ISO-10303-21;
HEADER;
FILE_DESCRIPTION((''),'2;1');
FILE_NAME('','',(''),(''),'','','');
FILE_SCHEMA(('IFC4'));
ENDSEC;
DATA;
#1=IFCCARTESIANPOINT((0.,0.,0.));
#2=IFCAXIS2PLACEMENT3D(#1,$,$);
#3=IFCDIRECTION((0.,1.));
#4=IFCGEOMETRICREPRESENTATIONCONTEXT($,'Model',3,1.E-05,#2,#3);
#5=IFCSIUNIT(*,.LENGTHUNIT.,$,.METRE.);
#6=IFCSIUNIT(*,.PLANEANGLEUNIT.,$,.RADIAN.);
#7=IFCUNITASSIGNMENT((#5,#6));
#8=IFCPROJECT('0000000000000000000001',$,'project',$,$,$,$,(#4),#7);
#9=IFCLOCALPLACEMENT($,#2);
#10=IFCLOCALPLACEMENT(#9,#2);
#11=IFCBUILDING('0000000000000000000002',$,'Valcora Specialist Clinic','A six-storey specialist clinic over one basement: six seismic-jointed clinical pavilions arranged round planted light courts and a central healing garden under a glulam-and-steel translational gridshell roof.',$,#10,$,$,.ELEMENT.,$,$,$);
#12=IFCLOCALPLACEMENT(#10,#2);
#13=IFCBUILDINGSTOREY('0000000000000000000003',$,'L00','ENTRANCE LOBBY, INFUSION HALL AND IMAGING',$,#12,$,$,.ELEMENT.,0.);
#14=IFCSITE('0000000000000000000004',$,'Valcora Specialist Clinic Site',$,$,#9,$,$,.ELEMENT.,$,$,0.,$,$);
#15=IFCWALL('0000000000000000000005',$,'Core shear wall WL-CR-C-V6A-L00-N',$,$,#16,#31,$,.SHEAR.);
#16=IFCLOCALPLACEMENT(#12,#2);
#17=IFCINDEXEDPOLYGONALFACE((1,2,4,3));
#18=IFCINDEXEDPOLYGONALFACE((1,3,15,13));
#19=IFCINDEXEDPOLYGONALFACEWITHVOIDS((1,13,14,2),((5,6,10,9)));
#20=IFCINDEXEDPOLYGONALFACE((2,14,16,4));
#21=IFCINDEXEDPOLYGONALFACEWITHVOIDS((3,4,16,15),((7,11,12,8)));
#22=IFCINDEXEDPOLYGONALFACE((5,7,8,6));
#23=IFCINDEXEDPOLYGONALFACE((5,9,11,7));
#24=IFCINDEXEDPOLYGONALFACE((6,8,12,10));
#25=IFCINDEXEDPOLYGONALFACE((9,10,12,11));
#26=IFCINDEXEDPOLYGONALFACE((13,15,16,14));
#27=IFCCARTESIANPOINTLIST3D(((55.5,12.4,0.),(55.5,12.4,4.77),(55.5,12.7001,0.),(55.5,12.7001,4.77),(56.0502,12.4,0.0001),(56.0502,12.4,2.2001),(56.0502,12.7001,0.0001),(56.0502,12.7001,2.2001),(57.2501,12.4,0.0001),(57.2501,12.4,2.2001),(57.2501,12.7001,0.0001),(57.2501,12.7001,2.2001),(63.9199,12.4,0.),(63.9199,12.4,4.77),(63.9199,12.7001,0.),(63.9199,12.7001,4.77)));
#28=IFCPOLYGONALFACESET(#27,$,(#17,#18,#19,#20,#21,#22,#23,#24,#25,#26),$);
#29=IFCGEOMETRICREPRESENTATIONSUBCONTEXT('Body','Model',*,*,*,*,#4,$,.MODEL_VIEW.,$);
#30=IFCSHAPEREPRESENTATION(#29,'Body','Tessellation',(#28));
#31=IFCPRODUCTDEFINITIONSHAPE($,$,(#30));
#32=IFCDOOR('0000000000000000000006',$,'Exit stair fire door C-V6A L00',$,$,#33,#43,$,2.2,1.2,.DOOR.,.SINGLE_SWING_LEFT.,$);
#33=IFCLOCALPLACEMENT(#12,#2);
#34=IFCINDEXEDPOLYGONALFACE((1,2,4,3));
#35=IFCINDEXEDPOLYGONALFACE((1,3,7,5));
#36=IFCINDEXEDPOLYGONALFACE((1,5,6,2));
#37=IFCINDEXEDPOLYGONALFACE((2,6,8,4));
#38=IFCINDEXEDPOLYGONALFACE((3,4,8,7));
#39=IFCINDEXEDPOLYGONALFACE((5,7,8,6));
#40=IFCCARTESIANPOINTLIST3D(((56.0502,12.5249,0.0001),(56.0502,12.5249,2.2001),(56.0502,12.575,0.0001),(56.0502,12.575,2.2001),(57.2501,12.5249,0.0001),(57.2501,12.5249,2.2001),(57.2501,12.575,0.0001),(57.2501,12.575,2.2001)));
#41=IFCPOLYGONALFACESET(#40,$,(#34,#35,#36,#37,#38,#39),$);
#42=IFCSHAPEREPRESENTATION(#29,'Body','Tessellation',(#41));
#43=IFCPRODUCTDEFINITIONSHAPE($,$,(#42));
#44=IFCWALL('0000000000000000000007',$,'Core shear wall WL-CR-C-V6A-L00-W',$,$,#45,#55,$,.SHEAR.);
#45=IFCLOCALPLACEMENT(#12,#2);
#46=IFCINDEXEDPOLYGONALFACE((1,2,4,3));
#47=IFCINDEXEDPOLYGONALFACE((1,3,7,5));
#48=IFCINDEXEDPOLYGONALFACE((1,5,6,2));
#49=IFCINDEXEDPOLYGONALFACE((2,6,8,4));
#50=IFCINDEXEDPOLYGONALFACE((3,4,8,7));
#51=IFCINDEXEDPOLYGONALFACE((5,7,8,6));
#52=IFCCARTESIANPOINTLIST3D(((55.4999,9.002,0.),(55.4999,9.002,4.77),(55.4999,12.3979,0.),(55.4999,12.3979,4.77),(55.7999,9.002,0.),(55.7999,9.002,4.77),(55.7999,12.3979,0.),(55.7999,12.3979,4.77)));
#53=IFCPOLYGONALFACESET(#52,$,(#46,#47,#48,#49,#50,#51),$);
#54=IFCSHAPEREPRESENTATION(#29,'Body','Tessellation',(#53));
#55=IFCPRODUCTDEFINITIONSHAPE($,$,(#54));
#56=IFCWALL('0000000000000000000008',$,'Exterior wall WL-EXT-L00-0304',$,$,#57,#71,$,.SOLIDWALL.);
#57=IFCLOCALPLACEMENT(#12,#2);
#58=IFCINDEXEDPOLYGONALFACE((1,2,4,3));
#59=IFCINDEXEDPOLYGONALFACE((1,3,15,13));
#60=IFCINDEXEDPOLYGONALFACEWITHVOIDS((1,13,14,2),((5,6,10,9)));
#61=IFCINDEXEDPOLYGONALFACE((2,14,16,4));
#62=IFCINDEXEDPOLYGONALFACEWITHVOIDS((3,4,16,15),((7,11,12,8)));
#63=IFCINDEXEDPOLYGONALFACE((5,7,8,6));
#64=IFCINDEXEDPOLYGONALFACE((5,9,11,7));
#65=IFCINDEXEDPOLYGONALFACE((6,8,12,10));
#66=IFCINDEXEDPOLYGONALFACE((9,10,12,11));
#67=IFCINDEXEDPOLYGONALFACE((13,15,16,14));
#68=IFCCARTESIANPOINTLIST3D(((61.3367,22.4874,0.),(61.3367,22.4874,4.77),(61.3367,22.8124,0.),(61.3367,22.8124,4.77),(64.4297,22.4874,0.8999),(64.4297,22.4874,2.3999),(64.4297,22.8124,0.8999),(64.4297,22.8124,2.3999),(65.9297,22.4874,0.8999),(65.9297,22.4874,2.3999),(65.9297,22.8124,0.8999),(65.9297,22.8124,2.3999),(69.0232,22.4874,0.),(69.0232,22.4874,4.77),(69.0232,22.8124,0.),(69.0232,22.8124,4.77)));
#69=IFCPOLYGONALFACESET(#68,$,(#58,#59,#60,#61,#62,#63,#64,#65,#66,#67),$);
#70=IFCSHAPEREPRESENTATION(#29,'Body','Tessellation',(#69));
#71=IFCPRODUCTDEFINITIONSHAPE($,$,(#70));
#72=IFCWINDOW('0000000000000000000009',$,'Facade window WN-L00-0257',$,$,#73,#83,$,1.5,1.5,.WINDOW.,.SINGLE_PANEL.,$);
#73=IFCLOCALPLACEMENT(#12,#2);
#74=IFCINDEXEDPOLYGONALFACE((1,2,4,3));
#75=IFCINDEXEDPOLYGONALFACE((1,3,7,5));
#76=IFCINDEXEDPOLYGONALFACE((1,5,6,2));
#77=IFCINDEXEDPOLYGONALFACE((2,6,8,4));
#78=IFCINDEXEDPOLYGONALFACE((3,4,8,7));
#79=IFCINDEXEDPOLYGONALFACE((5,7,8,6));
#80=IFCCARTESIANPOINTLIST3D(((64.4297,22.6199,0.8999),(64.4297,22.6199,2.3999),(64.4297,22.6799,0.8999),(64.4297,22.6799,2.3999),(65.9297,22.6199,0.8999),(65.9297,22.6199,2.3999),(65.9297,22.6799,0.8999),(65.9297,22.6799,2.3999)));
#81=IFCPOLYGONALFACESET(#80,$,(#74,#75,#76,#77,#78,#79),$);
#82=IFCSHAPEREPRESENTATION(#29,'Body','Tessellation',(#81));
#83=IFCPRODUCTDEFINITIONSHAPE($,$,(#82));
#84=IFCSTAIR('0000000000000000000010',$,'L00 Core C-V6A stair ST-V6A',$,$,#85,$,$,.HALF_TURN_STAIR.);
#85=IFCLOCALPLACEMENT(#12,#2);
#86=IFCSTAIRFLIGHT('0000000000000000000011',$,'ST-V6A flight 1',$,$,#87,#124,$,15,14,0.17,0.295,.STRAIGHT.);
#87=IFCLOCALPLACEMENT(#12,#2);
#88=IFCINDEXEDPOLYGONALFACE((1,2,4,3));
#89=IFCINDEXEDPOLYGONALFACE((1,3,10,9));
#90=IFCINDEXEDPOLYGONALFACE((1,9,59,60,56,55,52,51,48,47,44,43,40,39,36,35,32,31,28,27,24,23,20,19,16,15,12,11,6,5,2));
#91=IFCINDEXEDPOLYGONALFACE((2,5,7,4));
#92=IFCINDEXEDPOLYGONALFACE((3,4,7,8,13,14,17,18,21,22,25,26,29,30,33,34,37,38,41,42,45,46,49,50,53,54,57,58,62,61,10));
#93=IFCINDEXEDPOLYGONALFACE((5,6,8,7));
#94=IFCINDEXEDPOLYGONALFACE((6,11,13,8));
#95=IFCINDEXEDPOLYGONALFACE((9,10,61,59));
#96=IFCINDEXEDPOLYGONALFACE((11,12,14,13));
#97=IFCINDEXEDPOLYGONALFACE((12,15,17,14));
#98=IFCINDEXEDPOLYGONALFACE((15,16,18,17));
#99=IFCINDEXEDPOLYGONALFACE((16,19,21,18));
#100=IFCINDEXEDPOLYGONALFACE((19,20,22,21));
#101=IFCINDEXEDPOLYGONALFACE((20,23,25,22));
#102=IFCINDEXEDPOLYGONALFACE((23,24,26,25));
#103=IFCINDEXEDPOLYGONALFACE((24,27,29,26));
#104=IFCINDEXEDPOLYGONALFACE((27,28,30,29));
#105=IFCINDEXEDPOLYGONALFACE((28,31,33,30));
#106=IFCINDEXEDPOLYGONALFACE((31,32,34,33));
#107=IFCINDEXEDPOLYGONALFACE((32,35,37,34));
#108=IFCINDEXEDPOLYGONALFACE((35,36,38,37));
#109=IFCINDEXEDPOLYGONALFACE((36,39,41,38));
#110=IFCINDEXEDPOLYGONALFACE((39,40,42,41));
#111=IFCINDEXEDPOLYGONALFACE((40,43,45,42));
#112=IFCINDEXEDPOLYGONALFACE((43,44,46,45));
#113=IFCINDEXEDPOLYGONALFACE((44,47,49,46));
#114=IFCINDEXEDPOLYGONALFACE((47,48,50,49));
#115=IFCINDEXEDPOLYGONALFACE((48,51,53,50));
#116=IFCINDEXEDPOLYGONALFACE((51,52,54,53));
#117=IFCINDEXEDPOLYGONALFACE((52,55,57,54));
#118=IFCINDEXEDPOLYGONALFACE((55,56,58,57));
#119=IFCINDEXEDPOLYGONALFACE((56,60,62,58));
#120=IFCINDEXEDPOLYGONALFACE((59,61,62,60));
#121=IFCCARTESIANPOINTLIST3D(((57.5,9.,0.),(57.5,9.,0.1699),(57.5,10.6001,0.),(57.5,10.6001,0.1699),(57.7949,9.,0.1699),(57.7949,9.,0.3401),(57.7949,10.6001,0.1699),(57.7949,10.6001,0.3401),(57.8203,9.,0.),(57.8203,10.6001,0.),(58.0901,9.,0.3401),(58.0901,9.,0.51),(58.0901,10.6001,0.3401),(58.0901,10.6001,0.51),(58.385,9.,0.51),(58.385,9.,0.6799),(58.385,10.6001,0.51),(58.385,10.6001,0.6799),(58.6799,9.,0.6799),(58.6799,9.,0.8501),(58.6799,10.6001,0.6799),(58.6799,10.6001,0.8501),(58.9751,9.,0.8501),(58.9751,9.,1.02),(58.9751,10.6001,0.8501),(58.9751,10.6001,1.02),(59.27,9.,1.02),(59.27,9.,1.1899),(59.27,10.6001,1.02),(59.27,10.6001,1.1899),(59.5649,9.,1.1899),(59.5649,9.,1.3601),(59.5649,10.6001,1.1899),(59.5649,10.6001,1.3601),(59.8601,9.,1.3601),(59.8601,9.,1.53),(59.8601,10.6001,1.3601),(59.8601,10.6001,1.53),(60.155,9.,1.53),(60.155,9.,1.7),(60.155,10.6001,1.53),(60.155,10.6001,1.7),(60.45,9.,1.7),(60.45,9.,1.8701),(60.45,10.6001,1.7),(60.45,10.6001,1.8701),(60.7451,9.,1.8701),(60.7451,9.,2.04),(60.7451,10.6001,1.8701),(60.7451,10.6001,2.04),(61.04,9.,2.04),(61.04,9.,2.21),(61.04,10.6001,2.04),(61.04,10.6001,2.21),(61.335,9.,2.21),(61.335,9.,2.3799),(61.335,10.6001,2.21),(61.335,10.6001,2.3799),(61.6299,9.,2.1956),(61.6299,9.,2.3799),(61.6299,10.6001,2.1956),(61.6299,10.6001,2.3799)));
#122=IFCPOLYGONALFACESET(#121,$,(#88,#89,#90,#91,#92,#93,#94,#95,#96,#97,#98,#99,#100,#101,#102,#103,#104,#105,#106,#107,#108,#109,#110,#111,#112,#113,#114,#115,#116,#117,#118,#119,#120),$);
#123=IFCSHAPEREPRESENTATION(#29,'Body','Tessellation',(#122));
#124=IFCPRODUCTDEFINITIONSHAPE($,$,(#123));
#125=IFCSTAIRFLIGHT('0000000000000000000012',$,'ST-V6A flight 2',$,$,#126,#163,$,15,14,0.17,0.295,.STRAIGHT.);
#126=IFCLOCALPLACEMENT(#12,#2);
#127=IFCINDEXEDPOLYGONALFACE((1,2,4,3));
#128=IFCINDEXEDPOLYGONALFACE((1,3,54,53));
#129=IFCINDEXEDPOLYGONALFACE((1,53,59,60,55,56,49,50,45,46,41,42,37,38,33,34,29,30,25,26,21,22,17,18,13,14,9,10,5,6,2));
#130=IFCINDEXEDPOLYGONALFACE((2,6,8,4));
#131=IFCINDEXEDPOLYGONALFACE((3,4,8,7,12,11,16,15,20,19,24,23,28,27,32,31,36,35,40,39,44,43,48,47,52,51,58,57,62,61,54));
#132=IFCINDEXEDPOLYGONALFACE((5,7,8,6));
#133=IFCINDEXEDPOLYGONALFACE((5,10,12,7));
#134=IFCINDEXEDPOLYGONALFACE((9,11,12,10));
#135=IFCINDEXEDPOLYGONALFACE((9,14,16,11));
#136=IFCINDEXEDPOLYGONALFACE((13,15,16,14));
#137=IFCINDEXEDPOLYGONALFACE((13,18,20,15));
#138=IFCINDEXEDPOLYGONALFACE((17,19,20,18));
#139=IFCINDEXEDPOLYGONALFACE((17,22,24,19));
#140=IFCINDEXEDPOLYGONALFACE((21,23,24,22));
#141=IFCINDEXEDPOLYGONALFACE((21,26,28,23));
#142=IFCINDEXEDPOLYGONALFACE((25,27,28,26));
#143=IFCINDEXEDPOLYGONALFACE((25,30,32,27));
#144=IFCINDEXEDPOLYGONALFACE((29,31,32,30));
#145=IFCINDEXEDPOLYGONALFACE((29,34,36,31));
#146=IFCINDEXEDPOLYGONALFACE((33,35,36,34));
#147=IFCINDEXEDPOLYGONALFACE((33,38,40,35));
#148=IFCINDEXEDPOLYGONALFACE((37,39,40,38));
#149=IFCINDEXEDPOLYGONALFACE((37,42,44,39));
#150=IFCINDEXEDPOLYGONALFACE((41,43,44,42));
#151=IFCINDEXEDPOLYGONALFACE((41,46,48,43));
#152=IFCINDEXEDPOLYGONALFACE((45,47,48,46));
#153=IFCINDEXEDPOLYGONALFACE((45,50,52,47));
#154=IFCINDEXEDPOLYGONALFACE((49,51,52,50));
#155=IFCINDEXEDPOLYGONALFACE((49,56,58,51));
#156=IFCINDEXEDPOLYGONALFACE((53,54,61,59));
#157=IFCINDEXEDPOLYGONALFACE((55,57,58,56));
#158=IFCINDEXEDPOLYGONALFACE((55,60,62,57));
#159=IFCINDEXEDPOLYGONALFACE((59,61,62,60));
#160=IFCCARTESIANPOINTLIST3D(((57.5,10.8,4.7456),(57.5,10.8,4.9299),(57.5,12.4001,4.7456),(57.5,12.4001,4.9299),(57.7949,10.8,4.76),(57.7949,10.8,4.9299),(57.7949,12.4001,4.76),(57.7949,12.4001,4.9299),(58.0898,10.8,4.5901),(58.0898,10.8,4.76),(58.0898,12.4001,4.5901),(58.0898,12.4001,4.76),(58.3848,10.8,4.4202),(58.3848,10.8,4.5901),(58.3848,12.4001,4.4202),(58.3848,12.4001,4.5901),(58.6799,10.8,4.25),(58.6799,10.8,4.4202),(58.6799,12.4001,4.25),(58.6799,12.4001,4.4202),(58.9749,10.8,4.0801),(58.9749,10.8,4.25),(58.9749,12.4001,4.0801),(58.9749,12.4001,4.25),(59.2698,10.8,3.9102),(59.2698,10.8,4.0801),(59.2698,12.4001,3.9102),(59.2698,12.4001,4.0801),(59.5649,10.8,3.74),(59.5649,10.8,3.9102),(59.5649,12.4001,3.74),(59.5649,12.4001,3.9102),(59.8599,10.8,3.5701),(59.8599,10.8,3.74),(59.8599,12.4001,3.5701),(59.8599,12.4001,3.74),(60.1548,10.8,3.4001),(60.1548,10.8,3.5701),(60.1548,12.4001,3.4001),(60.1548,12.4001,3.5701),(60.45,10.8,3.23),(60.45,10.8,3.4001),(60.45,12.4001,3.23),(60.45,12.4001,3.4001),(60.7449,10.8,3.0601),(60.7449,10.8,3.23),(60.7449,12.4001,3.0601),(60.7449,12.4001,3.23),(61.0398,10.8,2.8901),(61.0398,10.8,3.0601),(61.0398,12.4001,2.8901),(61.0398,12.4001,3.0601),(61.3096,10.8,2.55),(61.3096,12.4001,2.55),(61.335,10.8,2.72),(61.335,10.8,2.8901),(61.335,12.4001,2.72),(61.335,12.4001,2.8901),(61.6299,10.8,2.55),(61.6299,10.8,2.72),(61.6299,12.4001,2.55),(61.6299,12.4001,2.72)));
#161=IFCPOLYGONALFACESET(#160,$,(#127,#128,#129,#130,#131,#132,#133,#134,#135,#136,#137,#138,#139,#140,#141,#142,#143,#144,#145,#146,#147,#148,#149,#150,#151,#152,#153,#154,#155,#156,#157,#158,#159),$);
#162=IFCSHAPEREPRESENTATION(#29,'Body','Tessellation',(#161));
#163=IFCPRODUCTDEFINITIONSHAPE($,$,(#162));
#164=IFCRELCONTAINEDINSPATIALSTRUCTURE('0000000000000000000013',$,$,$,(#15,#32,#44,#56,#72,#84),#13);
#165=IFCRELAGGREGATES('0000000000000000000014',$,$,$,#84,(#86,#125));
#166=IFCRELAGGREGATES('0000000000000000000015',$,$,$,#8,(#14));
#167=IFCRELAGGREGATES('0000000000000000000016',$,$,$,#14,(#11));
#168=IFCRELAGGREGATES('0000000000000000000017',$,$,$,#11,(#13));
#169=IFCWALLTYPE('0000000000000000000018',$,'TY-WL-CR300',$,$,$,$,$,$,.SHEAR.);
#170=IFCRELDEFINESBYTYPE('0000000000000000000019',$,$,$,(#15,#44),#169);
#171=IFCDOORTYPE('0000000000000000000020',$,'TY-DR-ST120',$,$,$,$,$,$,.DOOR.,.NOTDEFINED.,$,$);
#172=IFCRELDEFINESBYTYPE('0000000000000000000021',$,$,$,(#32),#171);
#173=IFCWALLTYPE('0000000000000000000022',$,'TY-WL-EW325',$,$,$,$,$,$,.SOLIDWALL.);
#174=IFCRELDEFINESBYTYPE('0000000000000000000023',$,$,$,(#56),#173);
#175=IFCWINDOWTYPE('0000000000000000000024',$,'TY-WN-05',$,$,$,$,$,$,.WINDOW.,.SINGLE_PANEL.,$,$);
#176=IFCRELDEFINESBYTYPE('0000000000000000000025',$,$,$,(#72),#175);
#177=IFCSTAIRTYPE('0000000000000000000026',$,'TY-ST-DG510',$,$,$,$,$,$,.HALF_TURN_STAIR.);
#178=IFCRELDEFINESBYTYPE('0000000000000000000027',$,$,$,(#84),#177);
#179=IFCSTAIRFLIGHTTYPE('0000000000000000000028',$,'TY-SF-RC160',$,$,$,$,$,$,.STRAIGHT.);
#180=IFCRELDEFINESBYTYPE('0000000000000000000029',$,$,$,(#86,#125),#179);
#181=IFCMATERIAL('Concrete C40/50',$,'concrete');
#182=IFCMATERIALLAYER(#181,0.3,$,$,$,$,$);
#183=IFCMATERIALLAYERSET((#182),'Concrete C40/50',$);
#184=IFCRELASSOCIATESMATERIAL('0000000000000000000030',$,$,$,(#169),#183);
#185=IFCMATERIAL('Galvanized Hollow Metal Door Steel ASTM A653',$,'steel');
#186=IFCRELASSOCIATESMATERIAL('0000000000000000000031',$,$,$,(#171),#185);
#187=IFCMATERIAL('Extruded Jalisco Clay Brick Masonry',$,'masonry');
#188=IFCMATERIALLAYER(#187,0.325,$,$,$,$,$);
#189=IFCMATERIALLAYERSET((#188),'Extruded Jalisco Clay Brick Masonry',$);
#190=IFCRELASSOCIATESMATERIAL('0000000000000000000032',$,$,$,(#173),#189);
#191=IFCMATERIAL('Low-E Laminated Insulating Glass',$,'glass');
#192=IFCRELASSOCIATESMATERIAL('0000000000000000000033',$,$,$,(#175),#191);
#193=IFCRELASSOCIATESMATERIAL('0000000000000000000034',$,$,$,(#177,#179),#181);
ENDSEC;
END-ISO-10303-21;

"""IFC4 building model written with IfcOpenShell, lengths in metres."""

from ifc_helpers import new_model, si_unit, direction, frame, frame_2d, origin, place, context, subcontext, project, spatial, polyline, rectangle, outline, extrude, material, layer, layer_set, type_object, element, fill, aggregate, save


model = new_model("IFC4")

# Units and contexts
model_context = context("Model", 3, precision=1e-05, world=origin(), true_north=direction((0.0, 1.0)))
body_context = subcontext(model_context, "Body", "Model", "MODEL_VIEW")
ifc_project = project(units=[si_unit("LENGTHUNIT", "METRE"), si_unit("PLANEANGLEUNIT", "RADIAN")], contexts=[model_context])

# Site, building, storey
site_placement = place(None, origin())
site = spatial("IfcSite", under=ifc_project, at=site_placement, Name="Valcora Specialist Clinic Site", CompositionType="ELEMENT", RefElevation=0.0)
building_placement = place(site_placement, origin())
building = spatial("IfcBuilding", under=site, at=building_placement, Name="Valcora Specialist Clinic", Description="A six-storey specialist clinic over one basement: six seismic-jointed clinical pavilions arranged round planted light courts and a central healing garden under a glulam-and-steel translational gridshell roof.", CompositionType="ELEMENT")
storey_placement = place(building_placement, origin())
storey = spatial("IfcBuildingStorey", under=building, at=storey_placement, Name="L00", Description="ENTRANCE LOBBY, INFUSION HALL AND IMAGING", CompositionType="ELEMENT", Elevation=0.0)

# Shared definitions
ifc_material_1 = material(Name="Concrete C40/50", Category="concrete")

# Shared definitions
ifc_material_2 = material(Name="Galvanized Hollow Metal Door Steel ASTM A653", Category="steel")

# Wall, opening, door
ifc_layer_1 = layer(ifc_material_1, 0.3)
ifc_layer_set_1 = layer_set([ifc_layer_1], Name="Concrete C40/50")
wall_type_1 = type_object("IfcWallType", Name="TY-WL-CR300", PredefinedType="SHEAR", material=ifc_layer_set_1)
wall_1_placement = place(storey_placement, frame((55.5, 12.55, 0.0), z_axis=(0.0, 0.0, 1.0), x_axis=(1.0, 0.0, 0.0)))
wall_1 = element("IfcWall", 1, at=wall_1_placement, inside=storey, type_object=wall_type_1, Name="Core shear wall WL-CR-C-V6A-L00-N", PredefinedType="SHEAR", context=body_context, shape_type="SweptSolid", body=[
    extrude(rectangle(XDim=8.4199, YDim=0.3, at=frame_2d((4.21, 0.0))), origin(), (0.0, 0.0, 1.0), 4.77),
])
opening_1_placement = place(wall_1_placement, frame((0.55, 0.0, 0.0)))
opening_1 = element("IfcOpeningElement", 2, at=opening_1_placement, cuts=wall_1, PredefinedType="OPENING", context=body_context, shape_type="SweptSolid", body=[
    extrude(rectangle(XDim=1.2, YDim=2.2, at=frame_2d((0.6001, 1.1001))), frame((0.0, 0.1599, 0.0), z_axis=(0.0, -1.0, 0.0), x_axis=(1.0, 0.0, 0.0)), (0.0, 0.0, 1.0), 0.3201),
])
door_type_1 = type_object("IfcDoorType", Name="TY-DR-ST120", OperationType="NOTDEFINED", PredefinedType="DOOR", material=ifc_material_2)
door_1_placement = place(opening_1_placement, origin())
door_1 = element("IfcDoor", 3, at=door_1_placement, inside=storey, type_object=door_type_1, Name="Exit stair fire door C-V6A L00", OperationType="SINGLE_SWING_LEFT", OverallHeight=2.2, OverallWidth=1.2, PredefinedType="DOOR", context=body_context, shape_type="SweptSolid", body=[
    extrude(rectangle(XDim=1.2, YDim=2.2, at=frame_2d((0.6001, 1.1001))), frame((0.0, 0.0249, 0.0), z_axis=(0.0, -1.0, 0.0), x_axis=(1.0, 0.0, 0.0)), (0.0, 0.0, 1.0), 0.05),
])
fill(opening_1, door_1)

# Wall
wall_2_placement = place(storey_placement, frame((55.6499, 9.002, 0.0), z_axis=(0.0, 0.0, 1.0), x_axis=(0.0, 1.0, 0.0)))
element("IfcWall", 4, at=wall_2_placement, inside=storey, type_object=wall_type_1, Name="Core shear wall WL-CR-C-V6A-L00-W", PredefinedType="SHEAR", context=body_context, shape_type="SweptSolid", body=[
    extrude(rectangle(XDim=3.396, YDim=0.3, at=frame_2d((1.698, 0.0))), origin(), (0.0, 0.0, 1.0), 4.77),
])

# Wall, opening, window
ifc_material_3 = material(Name="Extruded Jalisco Clay Brick Masonry", Category="masonry")
ifc_layer_2 = layer(ifc_material_3, 0.325)
ifc_layer_set_2 = layer_set([ifc_layer_2], Name="Extruded Jalisco Clay Brick Masonry")
wall_type_2 = type_object("IfcWallType", Name="TY-WL-EW325", PredefinedType="SOLIDWALL", material=ifc_layer_set_2)
wall_3_placement = place(storey_placement, frame((61.3367, 22.6499, 0.0), z_axis=(0.0, 0.0, 1.0), x_axis=(1.0, 0.0, 0.0)))
wall_3 = element("IfcWall", 5, at=wall_3_placement, inside=storey, type_object=wall_type_2, Name="Exterior wall WL-EXT-L00-0304", PredefinedType="SOLIDWALL", context=body_context, shape_type="SweptSolid", body=[
    extrude(rectangle(XDim=7.6865, YDim=0.325, at=frame_2d((3.8433, 0.0))), origin(), (0.0, 0.0, 1.0), 4.77),
])
opening_2_placement = place(wall_3_placement, frame((3.093, 0.0, 0.8999)))
opening_2 = element("IfcOpeningElement", 6, at=opening_2_placement, cuts=wall_3, PredefinedType="OPENING", context=body_context, shape_type="SweptSolid", body=[
    extrude(rectangle(XDim=1.5, YDim=1.5, at=frame_2d((0.75, 0.75))), frame((0.0, 0.1724, 0.0), z_axis=(0.0, -1.0, 0.0), x_axis=(1.0, 0.0, 0.0)), (0.0, 0.0, 1.0), 0.345),
])
ifc_material_4 = material(Name="Low-E Laminated Insulating Glass", Category="glass")
window_type = type_object("IfcWindowType", Name="TY-WN-05", PartitioningType="SINGLE_PANEL", PredefinedType="WINDOW", material=ifc_material_4)
window_placement = place(opening_2_placement, origin())
window = element("IfcWindow", 7, at=window_placement, inside=storey, type_object=window_type, Name="Facade window WN-L00-0257", OverallHeight=1.5, OverallWidth=1.5, PartitioningType="SINGLE_PANEL", PredefinedType="WINDOW", context=body_context, shape_type="SweptSolid", body=[
    extrude(rectangle(XDim=1.5, YDim=1.5, at=frame_2d((0.75, 0.75))), frame((0.0, 0.03, 0.0), z_axis=(0.0, -1.0, 0.0), x_axis=(1.0, 0.0, 0.0)), (0.0, 0.0, 1.0), 0.0601),
])
fill(opening_2, window)

# Stair, stair flights
stair_type = type_object("IfcStairType", Name="TY-ST-DG510", PredefinedType="HALF_TURN_STAIR", material=ifc_material_1)
stair_placement = place(storey_placement, origin())
stair = element("IfcStair", 8, at=stair_placement, inside=storey, type_object=stair_type, Name="L00 Core C-V6A stair ST-V6A", PredefinedType="HALF_TURN_STAIR")
stair_flight_type = type_object("IfcStairFlightType", Name="TY-SF-RC160", PredefinedType="STRAIGHT", material=ifc_material_1)
stair_flight_1_placement = place(storey_placement, frame((57.5, 9.8, 0.0), z_axis=(0.0, 0.0, 1.0), x_axis=(1.0, 0.0, 0.0)))
stair_flight_1 = element("IfcStairFlight", 9, at=stair_flight_1_placement, type_object=stair_flight_type, Name="ST-V6A flight 1", NumberOfRisers=15, NumberOfTreads=14, PredefinedType="STRAIGHT", RiserHeight=0.17, TreadLength=0.295, context=body_context, shape_type="SweptSolid", body=[
    extrude(outline(polyline([(0.0, 0.0), (0.0, 0.1699), (0.2949, 0.1699), (0.2949, 0.3401), (0.5901, 0.3401), (0.5901, 0.51), (0.885, 0.51), (0.885, 0.6799), (1.1799, 0.6799), (1.1799, 0.8501), (1.4751, 0.8501), (1.4751, 1.02), (1.77, 1.02), (1.77, 1.1899), (2.0649, 1.1899), (2.0649, 1.3601), (2.3601, 1.3601), (2.3601, 1.53), (2.655, 1.53), (2.655, 1.7), (2.95, 1.7), (2.95, 1.8701), (3.2451, 1.8701), (3.2451, 2.04), (3.54, 2.04), (3.54, 2.21), (3.835, 2.21), (3.835, 2.3799), (4.1299, 2.3799), (4.1299, 2.55), (4.1299, 2.1956), (0.3203, 0.0), (0.0, 0.0)])), frame((0.0, 0.8, 0.0), z_axis=(0.0, -1.0, 0.0), x_axis=(1.0, 0.0, 0.0)), (0.0, 0.0, 1.0), 1.6001),
])
stair_flight_2_placement = place(storey_placement, frame((61.6299, 11.6001, 2.55), z_axis=(0.0, 0.0, 1.0), x_axis=(-1.0, 0.0, 0.0)))
stair_flight_2 = element("IfcStairFlight", 10, at=stair_flight_2_placement, type_object=stair_flight_type, Name="ST-V6A flight 2", NumberOfRisers=15, NumberOfTreads=14, PredefinedType="STRAIGHT", RiserHeight=0.17, TreadLength=0.295, context=body_context, shape_type="SweptSolid", body=[
    extrude(outline(polyline([(0.0, 0.0), (0.0, 0.1699), (0.2949, 0.1699), (0.2949, 0.3401), (0.5901, 0.3401), (0.5901, 0.51), (0.885, 0.51), (0.885, 0.6799), (1.1799, 0.6799), (1.1799, 0.8501), (1.4751, 0.8501), (1.4751, 1.02), (1.77, 1.02), (1.77, 1.1899), (2.0649, 1.1899), (2.0649, 1.3601), (2.3601, 1.3601), (2.3601, 1.53), (2.655, 1.53), (2.655, 1.7), (2.95, 1.7), (2.95, 1.8701), (3.2451, 1.8701), (3.2451, 2.04), (3.54, 2.04), (3.54, 2.21), (3.835, 2.21), (3.835, 2.3799), (4.1299, 2.3799), (4.1299, 2.55), (4.1299, 2.1956), (0.3203, 0.0), (0.0, 0.0)])), frame((0.0, 0.8, 0.0), z_axis=(0.0, -1.0, 0.0), x_axis=(1.0, 0.0, 0.0)), (0.0, 0.0, 1.0), 1.6001),
])
aggregate(stair, [stair_flight_1, stair_flight_2])

save(model, "model.ifc")
